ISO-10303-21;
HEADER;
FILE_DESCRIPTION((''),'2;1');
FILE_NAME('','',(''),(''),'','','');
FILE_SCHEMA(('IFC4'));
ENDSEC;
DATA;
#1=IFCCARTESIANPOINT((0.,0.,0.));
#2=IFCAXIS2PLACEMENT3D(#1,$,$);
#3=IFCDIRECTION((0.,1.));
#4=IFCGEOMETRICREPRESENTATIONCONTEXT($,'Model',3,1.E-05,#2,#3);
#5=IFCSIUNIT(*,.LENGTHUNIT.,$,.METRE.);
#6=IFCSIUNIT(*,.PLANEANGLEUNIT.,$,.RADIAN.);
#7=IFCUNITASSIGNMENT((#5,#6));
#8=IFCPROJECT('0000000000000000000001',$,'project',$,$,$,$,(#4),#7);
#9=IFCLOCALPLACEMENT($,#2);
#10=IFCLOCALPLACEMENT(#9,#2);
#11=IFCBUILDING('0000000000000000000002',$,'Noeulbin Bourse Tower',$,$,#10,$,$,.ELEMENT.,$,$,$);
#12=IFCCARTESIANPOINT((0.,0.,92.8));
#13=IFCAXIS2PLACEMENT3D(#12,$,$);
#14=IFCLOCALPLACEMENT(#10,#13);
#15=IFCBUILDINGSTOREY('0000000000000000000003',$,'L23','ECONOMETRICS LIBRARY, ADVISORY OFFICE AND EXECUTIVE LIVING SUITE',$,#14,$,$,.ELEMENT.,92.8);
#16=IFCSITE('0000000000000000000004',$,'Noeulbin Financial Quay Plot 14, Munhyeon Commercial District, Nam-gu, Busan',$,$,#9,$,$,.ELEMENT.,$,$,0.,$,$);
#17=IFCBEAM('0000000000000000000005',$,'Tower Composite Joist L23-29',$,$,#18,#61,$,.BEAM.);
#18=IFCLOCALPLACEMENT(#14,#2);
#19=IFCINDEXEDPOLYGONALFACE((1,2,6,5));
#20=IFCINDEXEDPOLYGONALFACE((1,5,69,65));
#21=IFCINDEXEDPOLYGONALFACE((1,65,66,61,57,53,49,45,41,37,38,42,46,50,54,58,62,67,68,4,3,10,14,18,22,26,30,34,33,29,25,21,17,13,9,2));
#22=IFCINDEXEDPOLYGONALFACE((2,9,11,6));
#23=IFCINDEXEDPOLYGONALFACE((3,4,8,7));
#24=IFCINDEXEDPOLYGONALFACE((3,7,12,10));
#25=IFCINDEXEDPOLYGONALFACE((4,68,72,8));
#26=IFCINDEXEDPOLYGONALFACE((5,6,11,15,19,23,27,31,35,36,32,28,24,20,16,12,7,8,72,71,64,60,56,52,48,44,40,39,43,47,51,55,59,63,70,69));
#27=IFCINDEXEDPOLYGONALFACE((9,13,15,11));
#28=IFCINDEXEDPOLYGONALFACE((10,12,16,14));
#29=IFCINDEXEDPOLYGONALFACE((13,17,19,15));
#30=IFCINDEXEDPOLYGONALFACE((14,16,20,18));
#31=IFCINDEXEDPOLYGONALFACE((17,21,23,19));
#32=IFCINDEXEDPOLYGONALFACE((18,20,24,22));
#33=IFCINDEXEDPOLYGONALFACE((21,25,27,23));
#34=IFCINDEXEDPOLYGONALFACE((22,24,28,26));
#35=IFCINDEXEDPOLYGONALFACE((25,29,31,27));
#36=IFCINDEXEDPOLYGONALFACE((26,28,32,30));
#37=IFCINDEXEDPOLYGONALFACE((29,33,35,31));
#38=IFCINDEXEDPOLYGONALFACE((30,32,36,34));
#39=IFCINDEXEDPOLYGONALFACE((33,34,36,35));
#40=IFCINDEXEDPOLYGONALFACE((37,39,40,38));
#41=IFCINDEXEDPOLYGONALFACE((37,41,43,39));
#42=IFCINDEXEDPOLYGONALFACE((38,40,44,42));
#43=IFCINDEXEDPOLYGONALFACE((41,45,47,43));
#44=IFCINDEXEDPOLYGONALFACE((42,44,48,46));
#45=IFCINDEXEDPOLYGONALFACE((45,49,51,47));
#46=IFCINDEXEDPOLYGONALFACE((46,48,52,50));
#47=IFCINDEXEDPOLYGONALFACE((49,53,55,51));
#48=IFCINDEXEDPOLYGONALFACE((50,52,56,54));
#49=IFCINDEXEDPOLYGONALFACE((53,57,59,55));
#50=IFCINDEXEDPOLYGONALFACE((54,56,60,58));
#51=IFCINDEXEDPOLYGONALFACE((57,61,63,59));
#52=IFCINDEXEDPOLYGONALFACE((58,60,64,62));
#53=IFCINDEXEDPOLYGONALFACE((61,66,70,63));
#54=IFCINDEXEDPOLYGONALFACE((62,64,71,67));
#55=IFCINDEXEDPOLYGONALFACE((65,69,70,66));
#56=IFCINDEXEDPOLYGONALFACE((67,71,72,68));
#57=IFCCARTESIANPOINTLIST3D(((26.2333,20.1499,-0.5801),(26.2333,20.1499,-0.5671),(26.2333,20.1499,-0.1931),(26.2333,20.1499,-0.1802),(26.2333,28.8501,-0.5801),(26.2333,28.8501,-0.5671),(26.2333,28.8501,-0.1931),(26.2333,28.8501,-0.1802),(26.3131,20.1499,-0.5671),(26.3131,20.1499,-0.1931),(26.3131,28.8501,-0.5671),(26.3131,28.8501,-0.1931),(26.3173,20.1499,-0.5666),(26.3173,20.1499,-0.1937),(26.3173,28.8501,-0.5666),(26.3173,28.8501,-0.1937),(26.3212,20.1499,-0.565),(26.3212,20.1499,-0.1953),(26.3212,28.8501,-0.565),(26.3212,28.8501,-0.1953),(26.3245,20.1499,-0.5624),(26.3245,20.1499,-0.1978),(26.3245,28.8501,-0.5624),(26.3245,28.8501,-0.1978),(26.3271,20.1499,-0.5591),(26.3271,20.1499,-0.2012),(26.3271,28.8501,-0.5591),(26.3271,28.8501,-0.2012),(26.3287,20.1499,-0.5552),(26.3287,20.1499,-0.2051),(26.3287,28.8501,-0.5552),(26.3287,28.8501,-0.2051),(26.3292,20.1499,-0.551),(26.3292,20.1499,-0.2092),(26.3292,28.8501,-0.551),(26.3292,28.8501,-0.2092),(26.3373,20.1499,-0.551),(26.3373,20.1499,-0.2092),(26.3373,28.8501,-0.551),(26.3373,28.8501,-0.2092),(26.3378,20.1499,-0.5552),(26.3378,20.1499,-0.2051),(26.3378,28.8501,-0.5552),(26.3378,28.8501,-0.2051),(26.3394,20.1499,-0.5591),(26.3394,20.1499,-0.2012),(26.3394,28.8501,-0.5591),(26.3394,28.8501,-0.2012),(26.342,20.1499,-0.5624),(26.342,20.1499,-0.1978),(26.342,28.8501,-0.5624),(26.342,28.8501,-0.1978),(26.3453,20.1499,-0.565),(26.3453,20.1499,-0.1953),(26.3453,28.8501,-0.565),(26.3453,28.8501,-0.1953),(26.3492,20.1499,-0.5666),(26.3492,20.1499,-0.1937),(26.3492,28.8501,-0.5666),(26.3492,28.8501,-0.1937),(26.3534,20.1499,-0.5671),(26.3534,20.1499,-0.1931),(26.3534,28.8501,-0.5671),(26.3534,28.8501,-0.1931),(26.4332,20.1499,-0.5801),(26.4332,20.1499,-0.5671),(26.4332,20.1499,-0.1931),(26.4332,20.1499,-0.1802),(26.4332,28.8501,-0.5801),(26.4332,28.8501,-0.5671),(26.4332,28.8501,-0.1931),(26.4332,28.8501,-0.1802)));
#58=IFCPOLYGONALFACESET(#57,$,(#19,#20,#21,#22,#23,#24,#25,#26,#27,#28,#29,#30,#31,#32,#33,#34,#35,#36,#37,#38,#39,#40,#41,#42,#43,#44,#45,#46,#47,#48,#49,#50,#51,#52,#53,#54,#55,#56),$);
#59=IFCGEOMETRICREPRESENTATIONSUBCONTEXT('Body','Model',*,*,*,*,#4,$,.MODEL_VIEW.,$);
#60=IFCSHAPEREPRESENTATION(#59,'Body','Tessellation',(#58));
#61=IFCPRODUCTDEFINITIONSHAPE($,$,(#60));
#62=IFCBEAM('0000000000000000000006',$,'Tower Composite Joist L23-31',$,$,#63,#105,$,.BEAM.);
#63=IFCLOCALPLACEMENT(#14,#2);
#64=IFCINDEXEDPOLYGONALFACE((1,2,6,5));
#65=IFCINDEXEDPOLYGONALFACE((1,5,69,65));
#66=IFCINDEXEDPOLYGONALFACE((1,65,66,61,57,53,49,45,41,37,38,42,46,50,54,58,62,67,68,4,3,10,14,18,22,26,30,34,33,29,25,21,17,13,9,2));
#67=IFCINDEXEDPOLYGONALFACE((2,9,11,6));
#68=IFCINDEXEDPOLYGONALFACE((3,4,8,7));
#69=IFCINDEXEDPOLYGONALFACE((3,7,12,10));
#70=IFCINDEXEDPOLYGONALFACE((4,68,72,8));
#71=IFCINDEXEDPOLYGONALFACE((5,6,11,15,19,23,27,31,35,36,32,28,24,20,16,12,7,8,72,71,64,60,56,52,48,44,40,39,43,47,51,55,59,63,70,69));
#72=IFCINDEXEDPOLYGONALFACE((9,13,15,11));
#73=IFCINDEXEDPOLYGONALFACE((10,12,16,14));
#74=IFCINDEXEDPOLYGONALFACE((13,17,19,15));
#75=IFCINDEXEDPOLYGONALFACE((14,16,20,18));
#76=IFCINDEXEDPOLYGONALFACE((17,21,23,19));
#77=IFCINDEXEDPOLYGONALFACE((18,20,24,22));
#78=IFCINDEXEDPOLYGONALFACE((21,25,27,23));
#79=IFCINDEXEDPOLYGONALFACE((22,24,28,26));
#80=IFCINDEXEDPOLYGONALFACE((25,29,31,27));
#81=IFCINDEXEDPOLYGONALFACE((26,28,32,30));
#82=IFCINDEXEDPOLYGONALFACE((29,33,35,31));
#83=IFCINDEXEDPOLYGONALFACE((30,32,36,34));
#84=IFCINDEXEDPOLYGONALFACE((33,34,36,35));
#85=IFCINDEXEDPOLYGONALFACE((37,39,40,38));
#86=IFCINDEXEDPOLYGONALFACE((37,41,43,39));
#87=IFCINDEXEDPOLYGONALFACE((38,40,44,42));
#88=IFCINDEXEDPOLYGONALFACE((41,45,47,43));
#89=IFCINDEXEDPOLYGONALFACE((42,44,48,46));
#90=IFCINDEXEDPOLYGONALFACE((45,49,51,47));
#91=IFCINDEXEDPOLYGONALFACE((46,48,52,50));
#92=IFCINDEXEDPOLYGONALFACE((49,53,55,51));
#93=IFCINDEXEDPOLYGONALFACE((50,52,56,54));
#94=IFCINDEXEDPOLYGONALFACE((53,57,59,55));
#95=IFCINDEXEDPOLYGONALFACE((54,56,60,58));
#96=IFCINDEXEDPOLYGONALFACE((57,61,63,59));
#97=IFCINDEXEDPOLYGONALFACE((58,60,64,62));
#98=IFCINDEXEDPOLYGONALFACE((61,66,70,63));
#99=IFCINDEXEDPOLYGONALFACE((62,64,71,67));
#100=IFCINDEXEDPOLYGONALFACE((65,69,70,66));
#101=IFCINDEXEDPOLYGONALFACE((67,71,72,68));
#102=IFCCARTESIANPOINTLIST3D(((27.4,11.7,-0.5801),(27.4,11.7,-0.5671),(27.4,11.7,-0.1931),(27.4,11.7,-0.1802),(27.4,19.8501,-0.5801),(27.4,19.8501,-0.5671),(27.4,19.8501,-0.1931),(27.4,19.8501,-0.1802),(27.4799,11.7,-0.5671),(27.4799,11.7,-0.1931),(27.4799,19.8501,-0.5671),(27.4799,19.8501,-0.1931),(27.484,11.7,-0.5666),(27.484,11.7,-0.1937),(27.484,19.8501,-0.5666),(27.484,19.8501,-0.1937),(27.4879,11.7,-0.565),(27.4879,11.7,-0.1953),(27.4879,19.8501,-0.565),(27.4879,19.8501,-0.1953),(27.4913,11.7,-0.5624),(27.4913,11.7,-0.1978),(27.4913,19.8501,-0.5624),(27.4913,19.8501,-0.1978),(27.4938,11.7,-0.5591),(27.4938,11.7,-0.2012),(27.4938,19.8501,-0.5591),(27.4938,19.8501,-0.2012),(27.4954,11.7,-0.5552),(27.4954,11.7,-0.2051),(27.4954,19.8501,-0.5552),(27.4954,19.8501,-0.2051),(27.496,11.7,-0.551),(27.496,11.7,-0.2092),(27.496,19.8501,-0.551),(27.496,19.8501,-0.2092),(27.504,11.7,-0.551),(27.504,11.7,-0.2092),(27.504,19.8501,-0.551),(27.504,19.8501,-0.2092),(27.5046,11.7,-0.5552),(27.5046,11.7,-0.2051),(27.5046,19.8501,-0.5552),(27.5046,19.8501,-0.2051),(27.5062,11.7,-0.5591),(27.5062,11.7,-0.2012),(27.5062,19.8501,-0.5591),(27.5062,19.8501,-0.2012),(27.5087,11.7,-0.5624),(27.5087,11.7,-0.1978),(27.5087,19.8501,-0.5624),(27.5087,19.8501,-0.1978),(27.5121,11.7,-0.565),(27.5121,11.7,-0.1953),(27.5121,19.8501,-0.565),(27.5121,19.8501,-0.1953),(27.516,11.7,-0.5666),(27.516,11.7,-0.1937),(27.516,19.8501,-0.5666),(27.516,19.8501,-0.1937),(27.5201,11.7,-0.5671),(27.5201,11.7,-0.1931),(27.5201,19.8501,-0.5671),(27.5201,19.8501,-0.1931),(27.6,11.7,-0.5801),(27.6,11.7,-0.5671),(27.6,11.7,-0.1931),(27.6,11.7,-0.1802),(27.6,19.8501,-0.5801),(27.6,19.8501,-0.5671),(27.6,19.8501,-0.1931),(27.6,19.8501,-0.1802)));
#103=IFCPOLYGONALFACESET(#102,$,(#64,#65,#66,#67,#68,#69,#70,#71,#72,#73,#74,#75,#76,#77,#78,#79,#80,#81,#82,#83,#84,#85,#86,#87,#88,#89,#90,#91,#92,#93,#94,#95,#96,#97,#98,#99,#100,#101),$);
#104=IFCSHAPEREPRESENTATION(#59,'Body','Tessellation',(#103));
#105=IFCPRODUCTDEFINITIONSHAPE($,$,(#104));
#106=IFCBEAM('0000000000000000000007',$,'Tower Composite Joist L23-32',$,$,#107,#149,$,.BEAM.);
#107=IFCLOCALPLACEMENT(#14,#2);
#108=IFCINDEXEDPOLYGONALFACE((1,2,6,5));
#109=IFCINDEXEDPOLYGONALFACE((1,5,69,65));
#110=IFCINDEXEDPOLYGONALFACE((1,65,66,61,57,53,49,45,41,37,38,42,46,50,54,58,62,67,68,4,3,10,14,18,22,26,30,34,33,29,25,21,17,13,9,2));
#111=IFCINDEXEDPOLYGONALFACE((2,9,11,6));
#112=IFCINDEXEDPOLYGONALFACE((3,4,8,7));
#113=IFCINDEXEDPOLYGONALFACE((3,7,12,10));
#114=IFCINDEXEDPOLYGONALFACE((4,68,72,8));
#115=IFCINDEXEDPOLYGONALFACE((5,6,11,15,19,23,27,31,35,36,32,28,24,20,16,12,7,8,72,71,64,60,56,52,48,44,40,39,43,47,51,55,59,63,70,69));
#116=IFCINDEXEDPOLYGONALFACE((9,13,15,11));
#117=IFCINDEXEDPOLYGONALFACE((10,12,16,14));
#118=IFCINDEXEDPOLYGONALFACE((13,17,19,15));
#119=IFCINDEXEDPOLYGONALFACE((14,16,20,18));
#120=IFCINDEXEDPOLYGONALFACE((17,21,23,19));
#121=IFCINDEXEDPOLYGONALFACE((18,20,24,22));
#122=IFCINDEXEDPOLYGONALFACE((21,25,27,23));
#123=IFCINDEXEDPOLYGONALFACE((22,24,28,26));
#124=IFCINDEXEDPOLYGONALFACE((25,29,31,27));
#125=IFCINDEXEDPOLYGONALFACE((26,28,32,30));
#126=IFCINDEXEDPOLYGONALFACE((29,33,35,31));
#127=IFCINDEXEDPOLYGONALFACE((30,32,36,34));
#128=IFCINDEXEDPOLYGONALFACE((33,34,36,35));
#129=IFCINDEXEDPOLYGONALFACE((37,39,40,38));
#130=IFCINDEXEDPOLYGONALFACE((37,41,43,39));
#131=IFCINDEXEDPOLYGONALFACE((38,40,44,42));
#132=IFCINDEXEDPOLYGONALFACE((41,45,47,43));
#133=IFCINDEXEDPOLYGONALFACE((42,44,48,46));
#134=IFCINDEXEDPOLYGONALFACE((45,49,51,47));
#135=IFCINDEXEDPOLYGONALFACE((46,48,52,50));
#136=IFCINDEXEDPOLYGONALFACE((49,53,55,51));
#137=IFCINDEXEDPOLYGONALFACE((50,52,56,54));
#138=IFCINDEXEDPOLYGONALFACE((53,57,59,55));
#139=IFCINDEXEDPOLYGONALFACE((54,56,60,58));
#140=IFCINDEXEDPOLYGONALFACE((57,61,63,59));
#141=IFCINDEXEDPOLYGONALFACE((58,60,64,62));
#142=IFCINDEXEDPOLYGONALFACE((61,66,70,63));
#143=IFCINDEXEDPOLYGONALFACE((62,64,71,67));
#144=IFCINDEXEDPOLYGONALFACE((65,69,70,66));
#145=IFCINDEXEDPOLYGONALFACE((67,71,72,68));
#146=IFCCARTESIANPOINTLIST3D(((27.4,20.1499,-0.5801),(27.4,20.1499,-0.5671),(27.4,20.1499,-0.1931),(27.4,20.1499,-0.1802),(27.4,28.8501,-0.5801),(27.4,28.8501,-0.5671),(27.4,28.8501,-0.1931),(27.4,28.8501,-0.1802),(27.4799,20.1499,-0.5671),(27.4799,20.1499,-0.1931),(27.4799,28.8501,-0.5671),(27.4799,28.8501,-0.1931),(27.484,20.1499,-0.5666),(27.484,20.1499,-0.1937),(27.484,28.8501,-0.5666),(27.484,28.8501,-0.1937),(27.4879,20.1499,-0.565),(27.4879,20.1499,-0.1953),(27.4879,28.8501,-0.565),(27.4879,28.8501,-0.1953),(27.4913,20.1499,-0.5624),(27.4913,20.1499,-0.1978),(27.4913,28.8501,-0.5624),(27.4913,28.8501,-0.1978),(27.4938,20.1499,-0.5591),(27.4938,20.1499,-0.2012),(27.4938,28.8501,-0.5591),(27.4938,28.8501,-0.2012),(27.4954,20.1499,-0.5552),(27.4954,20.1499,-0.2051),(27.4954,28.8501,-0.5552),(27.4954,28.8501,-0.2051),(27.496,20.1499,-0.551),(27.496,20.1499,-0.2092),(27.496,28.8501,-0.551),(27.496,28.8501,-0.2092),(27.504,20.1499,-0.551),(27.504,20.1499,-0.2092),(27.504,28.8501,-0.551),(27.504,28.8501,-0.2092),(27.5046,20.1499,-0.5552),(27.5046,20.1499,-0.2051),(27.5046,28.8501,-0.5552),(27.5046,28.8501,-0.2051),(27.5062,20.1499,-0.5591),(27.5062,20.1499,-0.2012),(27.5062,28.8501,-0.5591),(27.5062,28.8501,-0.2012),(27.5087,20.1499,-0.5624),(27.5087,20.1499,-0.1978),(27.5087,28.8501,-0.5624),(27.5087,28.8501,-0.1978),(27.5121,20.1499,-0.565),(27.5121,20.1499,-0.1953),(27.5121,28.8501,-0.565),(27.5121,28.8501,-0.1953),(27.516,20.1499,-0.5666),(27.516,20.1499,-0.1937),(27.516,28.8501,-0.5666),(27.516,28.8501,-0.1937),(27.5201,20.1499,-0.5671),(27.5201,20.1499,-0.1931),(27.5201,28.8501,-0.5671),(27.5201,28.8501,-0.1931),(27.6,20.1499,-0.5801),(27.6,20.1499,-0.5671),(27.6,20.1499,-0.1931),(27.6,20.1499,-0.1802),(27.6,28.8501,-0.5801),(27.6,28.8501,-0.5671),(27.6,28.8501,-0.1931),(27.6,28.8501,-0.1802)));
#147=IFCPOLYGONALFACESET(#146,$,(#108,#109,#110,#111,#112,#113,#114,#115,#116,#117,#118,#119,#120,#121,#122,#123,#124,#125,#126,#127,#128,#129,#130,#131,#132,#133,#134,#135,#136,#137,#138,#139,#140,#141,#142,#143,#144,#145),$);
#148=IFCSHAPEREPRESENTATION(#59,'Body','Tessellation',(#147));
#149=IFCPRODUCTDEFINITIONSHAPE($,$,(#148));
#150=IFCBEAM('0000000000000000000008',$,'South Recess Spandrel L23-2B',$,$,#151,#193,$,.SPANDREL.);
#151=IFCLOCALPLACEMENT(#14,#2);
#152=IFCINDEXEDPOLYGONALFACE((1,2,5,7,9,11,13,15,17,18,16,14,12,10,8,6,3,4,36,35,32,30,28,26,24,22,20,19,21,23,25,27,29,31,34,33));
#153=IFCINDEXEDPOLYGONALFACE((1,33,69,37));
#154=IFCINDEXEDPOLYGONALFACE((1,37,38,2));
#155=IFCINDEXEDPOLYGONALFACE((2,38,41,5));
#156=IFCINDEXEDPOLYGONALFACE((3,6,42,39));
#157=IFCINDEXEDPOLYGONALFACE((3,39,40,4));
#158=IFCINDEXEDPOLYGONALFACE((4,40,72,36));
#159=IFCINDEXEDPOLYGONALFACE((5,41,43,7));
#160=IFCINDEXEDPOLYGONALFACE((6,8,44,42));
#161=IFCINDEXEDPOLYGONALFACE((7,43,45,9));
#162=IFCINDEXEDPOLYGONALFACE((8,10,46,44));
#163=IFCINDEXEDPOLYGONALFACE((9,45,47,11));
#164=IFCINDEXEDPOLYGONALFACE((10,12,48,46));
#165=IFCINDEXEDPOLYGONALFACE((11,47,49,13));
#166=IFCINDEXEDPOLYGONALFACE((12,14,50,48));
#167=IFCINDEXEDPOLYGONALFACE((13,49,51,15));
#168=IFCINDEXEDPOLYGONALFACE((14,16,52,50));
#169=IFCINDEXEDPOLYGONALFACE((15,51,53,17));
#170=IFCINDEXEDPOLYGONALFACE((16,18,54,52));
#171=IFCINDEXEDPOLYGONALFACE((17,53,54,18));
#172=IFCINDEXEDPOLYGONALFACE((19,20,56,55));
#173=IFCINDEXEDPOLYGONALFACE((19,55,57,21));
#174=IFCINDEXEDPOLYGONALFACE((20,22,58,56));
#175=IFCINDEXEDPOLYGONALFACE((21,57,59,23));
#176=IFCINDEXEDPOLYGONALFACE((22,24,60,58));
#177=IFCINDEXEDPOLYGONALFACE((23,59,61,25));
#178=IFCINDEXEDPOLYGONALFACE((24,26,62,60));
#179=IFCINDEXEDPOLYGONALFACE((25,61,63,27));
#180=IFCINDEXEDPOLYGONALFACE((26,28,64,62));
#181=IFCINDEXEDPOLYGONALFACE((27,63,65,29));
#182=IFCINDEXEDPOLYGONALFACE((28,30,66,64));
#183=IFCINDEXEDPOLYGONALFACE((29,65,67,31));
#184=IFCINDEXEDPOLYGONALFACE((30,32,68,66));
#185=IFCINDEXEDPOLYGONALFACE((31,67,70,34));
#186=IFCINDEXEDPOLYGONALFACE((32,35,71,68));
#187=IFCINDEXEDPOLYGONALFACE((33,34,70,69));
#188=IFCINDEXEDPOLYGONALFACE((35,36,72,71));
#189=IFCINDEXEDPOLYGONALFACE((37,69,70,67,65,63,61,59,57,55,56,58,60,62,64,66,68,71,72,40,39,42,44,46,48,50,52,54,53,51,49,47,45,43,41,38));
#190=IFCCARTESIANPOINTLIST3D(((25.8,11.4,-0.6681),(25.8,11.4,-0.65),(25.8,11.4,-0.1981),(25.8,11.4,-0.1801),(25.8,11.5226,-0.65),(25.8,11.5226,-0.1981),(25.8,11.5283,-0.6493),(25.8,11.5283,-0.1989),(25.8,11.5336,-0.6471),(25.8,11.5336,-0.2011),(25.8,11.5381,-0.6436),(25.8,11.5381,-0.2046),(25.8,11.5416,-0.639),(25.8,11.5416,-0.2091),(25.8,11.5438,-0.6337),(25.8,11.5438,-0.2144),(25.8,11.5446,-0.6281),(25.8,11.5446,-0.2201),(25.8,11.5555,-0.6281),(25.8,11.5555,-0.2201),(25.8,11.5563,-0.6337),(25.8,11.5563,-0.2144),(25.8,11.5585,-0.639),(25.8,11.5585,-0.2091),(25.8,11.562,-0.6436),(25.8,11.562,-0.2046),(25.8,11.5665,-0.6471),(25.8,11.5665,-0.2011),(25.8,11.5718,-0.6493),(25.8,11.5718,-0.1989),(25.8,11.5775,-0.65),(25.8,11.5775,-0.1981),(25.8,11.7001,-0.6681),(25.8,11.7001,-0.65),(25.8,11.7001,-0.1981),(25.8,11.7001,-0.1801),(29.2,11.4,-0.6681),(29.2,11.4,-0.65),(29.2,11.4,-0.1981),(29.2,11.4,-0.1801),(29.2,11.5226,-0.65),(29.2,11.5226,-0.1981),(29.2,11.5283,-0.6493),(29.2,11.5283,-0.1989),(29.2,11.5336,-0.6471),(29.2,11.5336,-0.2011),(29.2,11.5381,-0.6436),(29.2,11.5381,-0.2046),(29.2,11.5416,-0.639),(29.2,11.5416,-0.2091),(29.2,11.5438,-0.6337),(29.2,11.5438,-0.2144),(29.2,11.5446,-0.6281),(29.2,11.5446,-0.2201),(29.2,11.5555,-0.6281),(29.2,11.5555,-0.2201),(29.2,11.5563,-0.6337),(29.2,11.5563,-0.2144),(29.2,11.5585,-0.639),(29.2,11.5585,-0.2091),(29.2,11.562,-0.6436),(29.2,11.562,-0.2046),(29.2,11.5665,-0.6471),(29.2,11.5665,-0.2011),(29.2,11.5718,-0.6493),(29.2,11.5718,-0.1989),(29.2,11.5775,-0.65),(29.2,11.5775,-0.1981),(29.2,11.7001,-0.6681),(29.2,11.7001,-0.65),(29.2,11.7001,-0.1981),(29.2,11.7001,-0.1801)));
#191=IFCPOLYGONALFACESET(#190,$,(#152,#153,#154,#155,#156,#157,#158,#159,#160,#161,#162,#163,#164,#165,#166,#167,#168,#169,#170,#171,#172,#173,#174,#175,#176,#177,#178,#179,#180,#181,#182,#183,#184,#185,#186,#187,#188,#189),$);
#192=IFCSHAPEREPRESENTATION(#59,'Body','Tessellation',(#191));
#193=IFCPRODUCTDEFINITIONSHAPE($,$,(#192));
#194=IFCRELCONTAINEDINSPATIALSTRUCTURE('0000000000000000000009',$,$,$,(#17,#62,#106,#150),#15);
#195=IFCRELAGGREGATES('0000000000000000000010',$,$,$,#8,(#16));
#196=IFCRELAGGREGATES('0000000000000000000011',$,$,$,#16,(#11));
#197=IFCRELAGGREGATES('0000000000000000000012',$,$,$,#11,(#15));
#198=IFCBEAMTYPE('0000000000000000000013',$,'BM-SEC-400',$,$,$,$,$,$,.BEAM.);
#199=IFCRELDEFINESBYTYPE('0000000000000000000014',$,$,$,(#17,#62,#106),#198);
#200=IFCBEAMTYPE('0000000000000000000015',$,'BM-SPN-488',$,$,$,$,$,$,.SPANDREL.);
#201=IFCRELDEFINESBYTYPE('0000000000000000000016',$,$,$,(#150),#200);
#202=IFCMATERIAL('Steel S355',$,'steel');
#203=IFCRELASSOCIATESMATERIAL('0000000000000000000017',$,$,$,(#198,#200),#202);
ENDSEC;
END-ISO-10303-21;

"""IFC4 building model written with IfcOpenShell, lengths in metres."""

from ifc_helpers import new_model, si_unit, direction, frame, origin, origin_2d, place, context, subcontext, project, spatial, i_section, extrude, material, material_profile, profile_set, type_object, element, save


model = new_model("IFC4")

# Units and contexts
model_context = context("Model", 3, precision=1e-05, world=origin(), true_north=direction((0.0, 1.0)))
body_context = subcontext(model_context, "Body", "Model", "MODEL_VIEW")
ifc_project = project(units=[si_unit("LENGTHUNIT", "METRE"), si_unit("PLANEANGLEUNIT", "RADIAN")], contexts=[model_context])

# Site, building, storey
site_placement = place(None, origin())
site = spatial("IfcSite", under=ifc_project, at=site_placement, Name="Noeulbin Financial Quay Plot 14, Munhyeon Commercial District, Nam-gu, Busan", CompositionType="ELEMENT", RefElevation=0.0)
building_placement = place(site_placement, origin())
building = spatial("IfcBuilding", under=site, at=building_placement, Name="Noeulbin Bourse Tower", CompositionType="ELEMENT")
storey_placement = place(building_placement, frame((0.0, 0.0, 92.8)))
storey = spatial("IfcBuildingStorey", under=building, at=storey_placement, Name="L23", Description="ECONOMETRICS LIBRARY, ADVISORY OFFICE AND EXECUTIVE LIVING SUITE", CompositionType="ELEMENT", Elevation=92.8)

# Beams
ifc_material_1 = material(Name="Steel S355", Category="steel")
ifc_material_profile_1 = material_profile(ifc_material_1, i_section(OverallWidth=0.2, OverallDepth=0.3999, WebThickness=0.0081, FlangeThickness=0.0129, FilletRadius=0.0161, at=origin_2d()), Name="H-400x200x8x13", Category="LoadBearing")
ifc_profile_set_1 = profile_set([ifc_material_profile_1], Name="Steel S355")
beam_type_1 = type_object("IfcBeamType", Name="BM-SEC-400", PredefinedType="BEAM", material=ifc_profile_set_1)
beam_1_placement = place(storey_placement, frame((26.3333, 20.1499, -0.3801), z_axis=(0.0, 1.0, 0.0), x_axis=(-1.0, 0.0, 0.0)))
element("IfcBeam", 1, at=beam_1_placement, inside=storey, type_object=beam_type_1, Name="Tower Composite Joist L23-29", PredefinedType="BEAM", context=body_context, shape_type="SweptSolid", body=[
    extrude(i_section(OverallWidth=0.2, OverallDepth=0.3999, WebThickness=0.0081, FlangeThickness=0.0129, FilletRadius=0.0161, at=origin_2d()), origin(), (0.0, 0.0, 1.0), 8.7002),
])
beam_2_placement = place(storey_placement, frame((27.5, 11.7, -0.3801), z_axis=(0.0, 1.0, 0.0), x_axis=(-1.0, 0.0, 0.0)))
element("IfcBeam", 2, at=beam_2_placement, inside=storey, type_object=beam_type_1, Name="Tower Composite Joist L23-31", PredefinedType="BEAM", context=body_context, shape_type="SweptSolid", body=[
    extrude(i_section(OverallWidth=0.2, OverallDepth=0.3999, WebThickness=0.0081, FlangeThickness=0.0129, FilletRadius=0.0161, at=origin_2d()), origin(), (0.0, 0.0, 1.0), 8.1501),
])
beam_3_placement = place(storey_placement, frame((27.5, 20.1499, -0.3801), z_axis=(0.0, 1.0, 0.0), x_axis=(-1.0, 0.0, 0.0)))
element("IfcBeam", 3, at=beam_3_placement, inside=storey, type_object=beam_type_1, Name="Tower Composite Joist L23-32", PredefinedType="BEAM", context=body_context, shape_type="SweptSolid", body=[
    extrude(i_section(OverallWidth=0.2, OverallDepth=0.3999, WebThickness=0.0081, FlangeThickness=0.0129, FilletRadius=0.0161, at=origin_2d()), origin(), (0.0, 0.0, 1.0), 8.7002),
])
ifc_material_profile_2 = material_profile(ifc_material_1, i_section(OverallWidth=0.3, OverallDepth=0.488, WebThickness=0.011, FlangeThickness=0.0181, FilletRadius=0.022, at=origin_2d()), Name="H-488x300x11x18", Category="LoadBearing")
ifc_profile_set_2 = profile_set([ifc_material_profile_2], Name="Steel S355")
beam_type_2 = type_object("IfcBeamType", Name="BM-SPN-488", PredefinedType="SPANDREL", material=ifc_profile_set_2)
beam_4_placement = place(storey_placement, frame((25.8, 11.55, -0.4241), z_axis=(1.0, 0.0, 0.0), x_axis=(0.0, 1.0, 0.0)))
element("IfcBeam", 4, at=beam_4_placement, inside=storey, type_object=beam_type_2, Name="South Recess Spandrel L23-2B", PredefinedType="SPANDREL", context=body_context, shape_type="SweptSolid", body=[
    extrude(i_section(OverallWidth=0.3, OverallDepth=0.488, WebThickness=0.011, FlangeThickness=0.0181, FilletRadius=0.022, at=origin_2d()), origin(), (0.0, 0.0, 1.0), 3.3999),
])

save(model, "model.ifc")
